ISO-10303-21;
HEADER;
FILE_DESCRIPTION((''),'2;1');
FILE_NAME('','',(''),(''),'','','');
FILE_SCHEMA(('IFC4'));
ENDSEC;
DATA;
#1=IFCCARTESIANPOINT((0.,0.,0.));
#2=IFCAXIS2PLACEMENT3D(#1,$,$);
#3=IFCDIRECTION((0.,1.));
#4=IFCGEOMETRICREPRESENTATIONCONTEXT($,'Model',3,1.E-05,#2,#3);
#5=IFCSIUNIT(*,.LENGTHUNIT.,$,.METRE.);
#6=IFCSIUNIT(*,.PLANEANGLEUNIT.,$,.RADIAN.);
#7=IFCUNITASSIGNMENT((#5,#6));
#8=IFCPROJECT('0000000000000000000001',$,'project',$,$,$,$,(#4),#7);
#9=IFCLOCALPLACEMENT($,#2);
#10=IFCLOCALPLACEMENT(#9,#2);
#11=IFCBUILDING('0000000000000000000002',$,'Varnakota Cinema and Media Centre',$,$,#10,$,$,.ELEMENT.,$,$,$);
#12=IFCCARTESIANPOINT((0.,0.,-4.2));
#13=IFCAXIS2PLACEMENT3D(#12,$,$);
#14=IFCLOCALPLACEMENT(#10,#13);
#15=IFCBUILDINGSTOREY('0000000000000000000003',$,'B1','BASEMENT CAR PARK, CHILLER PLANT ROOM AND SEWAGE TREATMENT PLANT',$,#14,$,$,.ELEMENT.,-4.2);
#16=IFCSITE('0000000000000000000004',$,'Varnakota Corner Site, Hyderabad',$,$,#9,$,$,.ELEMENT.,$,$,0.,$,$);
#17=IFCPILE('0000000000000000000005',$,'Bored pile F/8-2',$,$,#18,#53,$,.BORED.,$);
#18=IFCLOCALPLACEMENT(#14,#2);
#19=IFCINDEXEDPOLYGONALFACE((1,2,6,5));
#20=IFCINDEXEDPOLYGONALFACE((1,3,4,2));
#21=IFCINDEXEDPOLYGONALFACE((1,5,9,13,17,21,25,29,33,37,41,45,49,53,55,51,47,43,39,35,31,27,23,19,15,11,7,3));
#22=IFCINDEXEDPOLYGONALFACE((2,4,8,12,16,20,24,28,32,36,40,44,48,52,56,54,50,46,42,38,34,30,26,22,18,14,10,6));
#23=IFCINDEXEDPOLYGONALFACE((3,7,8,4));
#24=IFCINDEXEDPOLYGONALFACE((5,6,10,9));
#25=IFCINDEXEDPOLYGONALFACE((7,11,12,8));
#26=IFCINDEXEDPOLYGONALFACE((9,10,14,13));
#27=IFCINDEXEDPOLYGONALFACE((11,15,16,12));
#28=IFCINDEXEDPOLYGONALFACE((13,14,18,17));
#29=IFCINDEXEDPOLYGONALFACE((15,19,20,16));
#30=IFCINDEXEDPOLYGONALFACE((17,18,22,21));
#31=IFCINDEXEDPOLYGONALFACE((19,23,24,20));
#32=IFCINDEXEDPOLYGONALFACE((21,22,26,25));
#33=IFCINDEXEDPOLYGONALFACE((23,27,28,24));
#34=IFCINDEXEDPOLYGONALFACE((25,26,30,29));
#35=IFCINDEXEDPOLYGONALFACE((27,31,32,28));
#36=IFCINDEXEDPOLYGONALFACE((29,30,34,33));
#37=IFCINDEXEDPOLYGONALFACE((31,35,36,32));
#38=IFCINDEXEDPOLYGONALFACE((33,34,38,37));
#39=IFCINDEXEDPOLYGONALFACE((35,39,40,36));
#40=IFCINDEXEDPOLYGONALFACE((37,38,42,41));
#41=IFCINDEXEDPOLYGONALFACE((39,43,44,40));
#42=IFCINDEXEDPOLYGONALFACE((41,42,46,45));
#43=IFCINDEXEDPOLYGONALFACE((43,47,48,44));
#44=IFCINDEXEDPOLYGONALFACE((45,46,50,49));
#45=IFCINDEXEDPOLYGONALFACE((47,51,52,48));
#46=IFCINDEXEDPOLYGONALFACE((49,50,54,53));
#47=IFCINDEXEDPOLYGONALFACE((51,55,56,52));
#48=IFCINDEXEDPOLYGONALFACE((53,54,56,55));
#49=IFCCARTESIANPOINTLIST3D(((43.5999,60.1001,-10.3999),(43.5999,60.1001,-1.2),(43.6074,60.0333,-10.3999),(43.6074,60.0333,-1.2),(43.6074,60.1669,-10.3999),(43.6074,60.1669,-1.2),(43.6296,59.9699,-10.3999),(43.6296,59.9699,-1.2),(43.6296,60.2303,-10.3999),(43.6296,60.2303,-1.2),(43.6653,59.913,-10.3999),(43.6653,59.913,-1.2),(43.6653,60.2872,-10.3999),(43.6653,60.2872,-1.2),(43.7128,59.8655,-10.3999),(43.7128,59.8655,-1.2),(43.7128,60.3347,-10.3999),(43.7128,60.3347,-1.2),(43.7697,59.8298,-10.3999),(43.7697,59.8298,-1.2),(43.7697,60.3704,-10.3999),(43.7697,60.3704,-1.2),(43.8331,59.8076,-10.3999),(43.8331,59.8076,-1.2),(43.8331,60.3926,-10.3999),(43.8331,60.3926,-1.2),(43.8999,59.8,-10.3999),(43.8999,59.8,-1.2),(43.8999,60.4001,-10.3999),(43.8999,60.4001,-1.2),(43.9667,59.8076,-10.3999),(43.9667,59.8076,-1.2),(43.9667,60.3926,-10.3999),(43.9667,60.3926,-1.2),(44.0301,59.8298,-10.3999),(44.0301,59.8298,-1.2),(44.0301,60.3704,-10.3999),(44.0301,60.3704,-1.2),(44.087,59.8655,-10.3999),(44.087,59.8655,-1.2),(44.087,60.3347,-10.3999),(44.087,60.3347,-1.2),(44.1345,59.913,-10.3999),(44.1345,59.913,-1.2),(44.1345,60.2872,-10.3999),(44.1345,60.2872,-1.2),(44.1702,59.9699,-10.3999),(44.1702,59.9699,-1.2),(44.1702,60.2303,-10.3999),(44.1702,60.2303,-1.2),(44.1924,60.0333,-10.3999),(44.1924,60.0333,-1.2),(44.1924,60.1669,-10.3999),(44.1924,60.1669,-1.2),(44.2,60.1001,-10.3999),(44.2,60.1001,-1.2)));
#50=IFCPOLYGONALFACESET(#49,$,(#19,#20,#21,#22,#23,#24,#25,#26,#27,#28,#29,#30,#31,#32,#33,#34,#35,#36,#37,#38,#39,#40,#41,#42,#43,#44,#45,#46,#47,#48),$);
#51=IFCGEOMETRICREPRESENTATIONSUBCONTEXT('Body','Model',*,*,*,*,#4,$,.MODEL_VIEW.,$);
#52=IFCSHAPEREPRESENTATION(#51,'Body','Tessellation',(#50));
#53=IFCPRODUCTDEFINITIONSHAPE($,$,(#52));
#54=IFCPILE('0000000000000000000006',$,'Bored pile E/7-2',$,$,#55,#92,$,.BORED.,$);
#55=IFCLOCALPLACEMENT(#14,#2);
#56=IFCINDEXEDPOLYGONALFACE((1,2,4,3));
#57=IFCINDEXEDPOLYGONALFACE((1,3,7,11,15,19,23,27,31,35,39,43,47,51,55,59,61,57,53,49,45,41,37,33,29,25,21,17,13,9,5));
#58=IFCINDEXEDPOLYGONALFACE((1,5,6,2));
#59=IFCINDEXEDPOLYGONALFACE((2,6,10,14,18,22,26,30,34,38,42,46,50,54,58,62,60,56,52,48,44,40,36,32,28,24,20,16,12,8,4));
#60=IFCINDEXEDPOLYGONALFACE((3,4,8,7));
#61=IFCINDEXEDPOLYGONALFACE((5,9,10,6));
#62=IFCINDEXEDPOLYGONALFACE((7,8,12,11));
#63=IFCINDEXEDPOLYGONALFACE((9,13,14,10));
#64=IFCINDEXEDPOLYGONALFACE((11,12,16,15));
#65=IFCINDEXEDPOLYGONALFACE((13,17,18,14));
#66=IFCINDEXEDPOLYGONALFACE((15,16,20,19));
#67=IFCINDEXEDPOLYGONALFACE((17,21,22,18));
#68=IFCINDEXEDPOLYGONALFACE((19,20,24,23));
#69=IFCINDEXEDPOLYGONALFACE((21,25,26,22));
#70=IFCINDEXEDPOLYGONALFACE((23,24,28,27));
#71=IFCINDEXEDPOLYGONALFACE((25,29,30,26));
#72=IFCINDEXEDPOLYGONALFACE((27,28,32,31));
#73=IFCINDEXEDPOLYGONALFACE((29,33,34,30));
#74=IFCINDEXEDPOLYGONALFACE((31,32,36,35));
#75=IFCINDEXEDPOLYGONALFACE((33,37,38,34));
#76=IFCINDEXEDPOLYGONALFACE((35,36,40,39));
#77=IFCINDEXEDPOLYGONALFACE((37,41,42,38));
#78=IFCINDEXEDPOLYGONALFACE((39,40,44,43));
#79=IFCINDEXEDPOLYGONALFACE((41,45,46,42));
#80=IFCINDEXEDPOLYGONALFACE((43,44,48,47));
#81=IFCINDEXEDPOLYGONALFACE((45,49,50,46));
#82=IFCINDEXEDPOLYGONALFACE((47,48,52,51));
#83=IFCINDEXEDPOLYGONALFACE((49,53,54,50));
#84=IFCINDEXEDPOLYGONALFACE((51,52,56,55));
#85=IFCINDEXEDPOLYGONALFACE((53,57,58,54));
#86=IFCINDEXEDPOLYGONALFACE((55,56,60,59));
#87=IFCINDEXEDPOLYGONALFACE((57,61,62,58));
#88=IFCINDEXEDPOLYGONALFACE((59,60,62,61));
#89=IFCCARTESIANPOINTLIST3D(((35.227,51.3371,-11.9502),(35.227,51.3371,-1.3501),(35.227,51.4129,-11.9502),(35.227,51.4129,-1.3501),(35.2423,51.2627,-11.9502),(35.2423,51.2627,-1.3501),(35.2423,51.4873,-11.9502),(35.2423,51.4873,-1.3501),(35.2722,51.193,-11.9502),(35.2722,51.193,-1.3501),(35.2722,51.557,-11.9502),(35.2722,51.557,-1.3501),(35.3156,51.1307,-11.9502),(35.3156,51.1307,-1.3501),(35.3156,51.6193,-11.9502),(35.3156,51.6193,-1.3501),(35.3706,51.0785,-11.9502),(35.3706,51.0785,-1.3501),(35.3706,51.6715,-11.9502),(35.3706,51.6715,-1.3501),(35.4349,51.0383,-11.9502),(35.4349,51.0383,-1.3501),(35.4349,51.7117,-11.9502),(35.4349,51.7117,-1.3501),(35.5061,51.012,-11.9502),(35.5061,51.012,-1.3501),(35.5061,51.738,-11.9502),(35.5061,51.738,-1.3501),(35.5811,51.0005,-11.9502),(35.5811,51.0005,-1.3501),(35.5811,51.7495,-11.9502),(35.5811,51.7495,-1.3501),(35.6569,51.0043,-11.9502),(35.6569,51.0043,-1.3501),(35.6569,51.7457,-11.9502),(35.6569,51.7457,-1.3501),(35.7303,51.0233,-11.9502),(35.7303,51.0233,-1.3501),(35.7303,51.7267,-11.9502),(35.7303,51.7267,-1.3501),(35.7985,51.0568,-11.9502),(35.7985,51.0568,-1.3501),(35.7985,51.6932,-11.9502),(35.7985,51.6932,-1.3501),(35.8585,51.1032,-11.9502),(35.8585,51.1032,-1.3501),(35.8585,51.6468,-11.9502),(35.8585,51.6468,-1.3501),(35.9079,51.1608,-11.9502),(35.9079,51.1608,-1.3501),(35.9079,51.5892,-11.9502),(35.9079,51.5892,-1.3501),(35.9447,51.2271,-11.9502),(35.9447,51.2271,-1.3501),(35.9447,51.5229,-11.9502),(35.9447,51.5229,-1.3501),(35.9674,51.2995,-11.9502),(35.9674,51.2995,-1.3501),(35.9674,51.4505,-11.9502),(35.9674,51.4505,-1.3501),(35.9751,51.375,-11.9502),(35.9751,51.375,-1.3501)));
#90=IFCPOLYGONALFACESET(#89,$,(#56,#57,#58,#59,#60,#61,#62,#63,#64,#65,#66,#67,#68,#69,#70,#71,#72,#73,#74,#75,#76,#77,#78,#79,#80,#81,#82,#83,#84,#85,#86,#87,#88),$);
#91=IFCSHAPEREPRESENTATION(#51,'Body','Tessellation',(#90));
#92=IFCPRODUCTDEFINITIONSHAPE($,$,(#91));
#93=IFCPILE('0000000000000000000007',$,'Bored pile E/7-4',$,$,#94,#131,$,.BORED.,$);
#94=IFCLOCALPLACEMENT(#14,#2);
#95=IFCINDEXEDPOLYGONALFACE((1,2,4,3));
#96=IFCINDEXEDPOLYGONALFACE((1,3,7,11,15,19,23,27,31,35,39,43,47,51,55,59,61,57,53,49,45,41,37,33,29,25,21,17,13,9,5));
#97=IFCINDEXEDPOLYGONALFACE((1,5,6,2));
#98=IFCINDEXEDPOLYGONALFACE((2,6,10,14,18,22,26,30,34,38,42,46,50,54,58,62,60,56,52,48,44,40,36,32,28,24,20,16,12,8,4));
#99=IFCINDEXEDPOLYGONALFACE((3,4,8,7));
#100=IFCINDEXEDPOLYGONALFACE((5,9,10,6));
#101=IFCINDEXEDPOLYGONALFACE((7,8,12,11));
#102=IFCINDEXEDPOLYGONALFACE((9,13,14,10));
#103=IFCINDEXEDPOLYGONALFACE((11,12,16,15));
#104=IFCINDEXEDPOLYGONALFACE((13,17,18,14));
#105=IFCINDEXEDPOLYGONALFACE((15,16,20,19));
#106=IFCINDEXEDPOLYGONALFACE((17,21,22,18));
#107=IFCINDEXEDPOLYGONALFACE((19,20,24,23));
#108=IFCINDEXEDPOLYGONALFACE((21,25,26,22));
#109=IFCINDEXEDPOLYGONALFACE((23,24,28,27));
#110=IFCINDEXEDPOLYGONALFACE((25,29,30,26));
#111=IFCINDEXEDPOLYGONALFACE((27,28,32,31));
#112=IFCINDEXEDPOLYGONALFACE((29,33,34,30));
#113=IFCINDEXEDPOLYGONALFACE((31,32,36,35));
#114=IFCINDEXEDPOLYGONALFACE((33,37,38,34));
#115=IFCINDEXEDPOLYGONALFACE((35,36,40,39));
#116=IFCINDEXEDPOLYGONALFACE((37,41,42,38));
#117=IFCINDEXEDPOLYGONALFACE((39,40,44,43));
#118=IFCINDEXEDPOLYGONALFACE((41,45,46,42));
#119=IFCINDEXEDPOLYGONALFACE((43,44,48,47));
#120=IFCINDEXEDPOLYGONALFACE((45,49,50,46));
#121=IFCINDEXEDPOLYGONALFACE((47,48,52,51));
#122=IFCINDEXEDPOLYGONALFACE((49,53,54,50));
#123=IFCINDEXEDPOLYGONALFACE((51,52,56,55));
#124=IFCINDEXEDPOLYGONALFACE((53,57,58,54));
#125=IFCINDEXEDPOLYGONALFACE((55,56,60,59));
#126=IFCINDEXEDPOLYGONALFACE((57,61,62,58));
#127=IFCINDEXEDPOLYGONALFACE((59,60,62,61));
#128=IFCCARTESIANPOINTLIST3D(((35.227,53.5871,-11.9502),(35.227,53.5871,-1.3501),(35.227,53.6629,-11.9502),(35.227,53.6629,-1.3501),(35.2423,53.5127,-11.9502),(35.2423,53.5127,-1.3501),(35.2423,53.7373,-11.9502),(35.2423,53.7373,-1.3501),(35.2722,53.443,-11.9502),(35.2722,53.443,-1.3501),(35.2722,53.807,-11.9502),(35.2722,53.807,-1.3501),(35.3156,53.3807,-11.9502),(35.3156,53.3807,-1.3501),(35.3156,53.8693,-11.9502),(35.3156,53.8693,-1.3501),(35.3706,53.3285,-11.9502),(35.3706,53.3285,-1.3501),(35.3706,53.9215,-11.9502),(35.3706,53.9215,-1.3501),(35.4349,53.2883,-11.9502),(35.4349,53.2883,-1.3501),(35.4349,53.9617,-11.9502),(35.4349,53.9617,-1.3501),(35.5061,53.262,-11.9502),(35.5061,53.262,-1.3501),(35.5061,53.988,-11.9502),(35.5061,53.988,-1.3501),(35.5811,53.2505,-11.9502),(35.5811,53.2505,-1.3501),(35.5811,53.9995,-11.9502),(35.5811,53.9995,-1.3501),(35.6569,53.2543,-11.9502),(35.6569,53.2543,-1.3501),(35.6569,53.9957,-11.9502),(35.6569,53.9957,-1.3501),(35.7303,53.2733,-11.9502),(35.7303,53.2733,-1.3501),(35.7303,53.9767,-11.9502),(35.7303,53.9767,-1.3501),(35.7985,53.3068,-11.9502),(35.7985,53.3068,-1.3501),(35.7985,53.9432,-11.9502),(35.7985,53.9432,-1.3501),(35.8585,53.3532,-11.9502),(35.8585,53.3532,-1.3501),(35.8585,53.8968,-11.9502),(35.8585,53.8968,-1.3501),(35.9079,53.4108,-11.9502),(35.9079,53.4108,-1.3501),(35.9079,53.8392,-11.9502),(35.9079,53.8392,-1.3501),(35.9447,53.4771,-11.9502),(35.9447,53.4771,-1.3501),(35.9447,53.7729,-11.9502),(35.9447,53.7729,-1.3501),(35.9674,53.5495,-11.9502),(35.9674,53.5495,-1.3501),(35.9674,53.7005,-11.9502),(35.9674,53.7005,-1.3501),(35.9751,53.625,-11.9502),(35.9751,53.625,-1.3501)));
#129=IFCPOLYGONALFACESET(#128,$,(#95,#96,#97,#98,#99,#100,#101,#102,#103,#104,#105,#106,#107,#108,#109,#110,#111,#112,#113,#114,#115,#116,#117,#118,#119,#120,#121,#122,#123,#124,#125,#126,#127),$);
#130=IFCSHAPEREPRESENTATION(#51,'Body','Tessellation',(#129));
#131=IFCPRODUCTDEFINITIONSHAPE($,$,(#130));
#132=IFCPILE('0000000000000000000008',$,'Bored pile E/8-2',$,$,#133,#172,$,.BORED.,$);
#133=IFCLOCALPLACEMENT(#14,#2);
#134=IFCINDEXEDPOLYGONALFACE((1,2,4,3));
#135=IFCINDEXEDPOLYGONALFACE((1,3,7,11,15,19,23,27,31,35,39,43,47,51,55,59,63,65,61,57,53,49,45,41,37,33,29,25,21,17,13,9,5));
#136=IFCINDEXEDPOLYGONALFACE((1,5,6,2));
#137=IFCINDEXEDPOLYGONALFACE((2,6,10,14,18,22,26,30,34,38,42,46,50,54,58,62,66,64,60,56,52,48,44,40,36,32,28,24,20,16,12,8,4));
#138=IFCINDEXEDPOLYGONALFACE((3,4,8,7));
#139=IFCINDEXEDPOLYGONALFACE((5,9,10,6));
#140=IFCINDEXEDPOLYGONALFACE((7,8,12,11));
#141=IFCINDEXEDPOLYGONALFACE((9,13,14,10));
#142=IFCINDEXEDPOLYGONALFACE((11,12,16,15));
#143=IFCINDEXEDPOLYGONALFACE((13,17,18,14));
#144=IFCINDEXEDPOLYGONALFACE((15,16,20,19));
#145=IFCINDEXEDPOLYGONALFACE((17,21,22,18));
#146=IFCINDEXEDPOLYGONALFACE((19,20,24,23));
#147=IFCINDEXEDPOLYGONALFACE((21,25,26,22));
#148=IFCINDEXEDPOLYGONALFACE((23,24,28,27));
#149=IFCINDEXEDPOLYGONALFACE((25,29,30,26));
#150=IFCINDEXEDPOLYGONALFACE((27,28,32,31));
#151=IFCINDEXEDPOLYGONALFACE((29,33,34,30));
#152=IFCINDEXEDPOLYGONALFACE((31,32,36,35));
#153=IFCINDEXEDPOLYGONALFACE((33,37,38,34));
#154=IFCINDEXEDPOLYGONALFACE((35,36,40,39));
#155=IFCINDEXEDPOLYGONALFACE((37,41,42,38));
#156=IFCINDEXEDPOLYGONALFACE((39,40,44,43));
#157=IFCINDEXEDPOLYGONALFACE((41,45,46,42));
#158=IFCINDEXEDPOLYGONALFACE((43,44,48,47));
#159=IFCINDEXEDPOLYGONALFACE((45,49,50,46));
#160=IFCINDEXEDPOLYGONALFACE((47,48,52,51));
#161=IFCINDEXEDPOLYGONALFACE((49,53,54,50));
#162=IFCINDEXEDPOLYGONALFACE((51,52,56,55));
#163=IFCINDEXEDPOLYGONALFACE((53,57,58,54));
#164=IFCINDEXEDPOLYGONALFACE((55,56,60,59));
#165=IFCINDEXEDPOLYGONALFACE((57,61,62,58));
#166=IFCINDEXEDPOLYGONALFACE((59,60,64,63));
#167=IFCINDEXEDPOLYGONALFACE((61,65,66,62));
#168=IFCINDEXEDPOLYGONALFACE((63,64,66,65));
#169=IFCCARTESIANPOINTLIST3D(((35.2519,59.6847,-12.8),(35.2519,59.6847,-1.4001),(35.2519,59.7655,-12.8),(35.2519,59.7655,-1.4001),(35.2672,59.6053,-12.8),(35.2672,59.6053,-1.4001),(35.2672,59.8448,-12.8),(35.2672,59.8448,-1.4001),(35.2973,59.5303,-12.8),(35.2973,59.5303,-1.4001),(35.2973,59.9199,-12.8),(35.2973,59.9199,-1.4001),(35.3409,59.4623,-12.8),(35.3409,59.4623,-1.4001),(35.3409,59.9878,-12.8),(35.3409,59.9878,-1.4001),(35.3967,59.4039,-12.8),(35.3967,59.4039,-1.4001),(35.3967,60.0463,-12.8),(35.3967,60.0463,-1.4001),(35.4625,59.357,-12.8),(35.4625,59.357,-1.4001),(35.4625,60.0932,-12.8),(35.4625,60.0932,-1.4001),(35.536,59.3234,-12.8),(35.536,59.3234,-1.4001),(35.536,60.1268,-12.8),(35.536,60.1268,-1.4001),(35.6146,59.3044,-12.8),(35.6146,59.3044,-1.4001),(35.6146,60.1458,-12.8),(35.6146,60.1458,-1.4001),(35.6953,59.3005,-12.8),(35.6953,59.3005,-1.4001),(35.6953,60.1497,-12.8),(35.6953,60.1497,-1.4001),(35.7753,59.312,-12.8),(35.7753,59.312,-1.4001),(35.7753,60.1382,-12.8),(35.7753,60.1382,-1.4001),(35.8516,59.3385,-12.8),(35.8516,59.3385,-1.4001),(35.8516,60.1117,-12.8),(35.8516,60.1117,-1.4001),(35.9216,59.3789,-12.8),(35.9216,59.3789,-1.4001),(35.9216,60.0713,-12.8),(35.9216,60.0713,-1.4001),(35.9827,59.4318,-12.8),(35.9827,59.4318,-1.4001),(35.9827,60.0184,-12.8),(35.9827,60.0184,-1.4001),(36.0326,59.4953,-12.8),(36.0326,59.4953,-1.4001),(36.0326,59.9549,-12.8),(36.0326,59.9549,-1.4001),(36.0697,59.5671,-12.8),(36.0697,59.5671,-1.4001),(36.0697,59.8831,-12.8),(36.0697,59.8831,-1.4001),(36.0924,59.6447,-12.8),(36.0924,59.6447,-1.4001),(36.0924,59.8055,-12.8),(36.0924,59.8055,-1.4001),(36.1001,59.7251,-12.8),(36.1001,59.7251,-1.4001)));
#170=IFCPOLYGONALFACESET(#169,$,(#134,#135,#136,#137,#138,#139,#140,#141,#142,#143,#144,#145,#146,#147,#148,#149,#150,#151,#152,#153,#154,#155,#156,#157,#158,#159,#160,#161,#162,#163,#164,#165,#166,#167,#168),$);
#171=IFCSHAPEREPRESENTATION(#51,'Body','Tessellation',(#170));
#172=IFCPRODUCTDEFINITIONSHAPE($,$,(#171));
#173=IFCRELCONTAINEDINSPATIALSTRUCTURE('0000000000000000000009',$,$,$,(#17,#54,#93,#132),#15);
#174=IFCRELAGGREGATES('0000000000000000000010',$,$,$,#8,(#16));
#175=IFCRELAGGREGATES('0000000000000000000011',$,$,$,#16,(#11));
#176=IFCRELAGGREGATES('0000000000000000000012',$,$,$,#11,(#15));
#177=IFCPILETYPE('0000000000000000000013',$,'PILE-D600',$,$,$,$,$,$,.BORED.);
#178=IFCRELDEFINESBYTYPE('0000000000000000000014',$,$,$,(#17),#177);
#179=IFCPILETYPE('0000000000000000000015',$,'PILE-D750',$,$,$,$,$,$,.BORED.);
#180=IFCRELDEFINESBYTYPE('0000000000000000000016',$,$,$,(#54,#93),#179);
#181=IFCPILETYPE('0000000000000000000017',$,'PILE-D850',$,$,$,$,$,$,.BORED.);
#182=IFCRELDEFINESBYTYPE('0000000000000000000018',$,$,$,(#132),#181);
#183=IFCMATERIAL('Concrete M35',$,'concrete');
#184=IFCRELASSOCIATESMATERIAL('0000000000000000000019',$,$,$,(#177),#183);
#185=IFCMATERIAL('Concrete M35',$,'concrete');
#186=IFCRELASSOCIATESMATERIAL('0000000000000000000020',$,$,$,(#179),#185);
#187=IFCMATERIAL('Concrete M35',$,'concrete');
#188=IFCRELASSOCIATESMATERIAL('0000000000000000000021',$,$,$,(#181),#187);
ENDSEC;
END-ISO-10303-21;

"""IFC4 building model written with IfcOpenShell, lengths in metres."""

from ifc_helpers import new_model, si_unit, direction, frame, origin, origin_2d, place, context, subcontext, project, spatial, circle, extrude, material, material_profile, profile_set, type_object, element, save


model = new_model("IFC4")

# Units and contexts
model_context = context("Model", 3, precision=1e-05, world=origin(), true_north=direction((0.0, 1.0)))
body_context = subcontext(model_context, "Body", "Model", "MODEL_VIEW")
ifc_project = project(units=[si_unit("LENGTHUNIT", "METRE"), si_unit("PLANEANGLEUNIT", "RADIAN")], contexts=[model_context])

# Site, building, storey
site_placement = place(None, origin())
site = spatial("IfcSite", under=ifc_project, at=site_placement, Name="Varnakota Corner Site, Hyderabad", CompositionType="ELEMENT", RefElevation=0.0)
building_placement = place(site_placement, origin())
building = spatial("IfcBuilding", under=site, at=building_placement, Name="Varnakota Cinema and Media Centre", CompositionType="ELEMENT")
storey_placement = place(building_placement, frame((0.0, 0.0, -4.2)))
storey = spatial("IfcBuildingStorey", under=building, at=storey_placement, Name="B1", Description="BASEMENT CAR PARK, CHILLER PLANT ROOM AND SEWAGE TREATMENT PLANT", CompositionType="ELEMENT", Elevation=-4.2)

# Piles
ifc_material_1 = material(Name="Concrete M35", Category="concrete")
ifc_material_profile_1 = material_profile(ifc_material_1, circle(Radius=0.3, at=origin_2d()), Name="PILE D600")
ifc_profile_set_1 = profile_set([ifc_material_profile_1], Name="Concrete M35")
pile_type_1 = type_object("IfcPileType", Name="PILE-D600", PredefinedType="BORED", material=ifc_profile_set_1)
for number, where, z_axis, x_axis, name in (
    (1, (43.8999, 60.1001, -1.2), (0.0, 0.0, -1.0), (1.0, 0.0, 0.0), "Bored pile F/8-2"),
):
    element("IfcPile", number, at=place(storey_placement, frame(where, z_axis=z_axis, x_axis=x_axis)), inside=storey, type_object=pile_type_1, Name=name, PredefinedType="BORED", context=body_context, shape_type="SweptSolid", body=[
        extrude(circle(Radius=0.3, at=origin_2d()), origin(), (0.0, 0.0, 1.0), 9.2),
    ])
ifc_material_2 = material(Name="Concrete M35", Category="concrete")
ifc_material_profile_2 = material_profile(ifc_material_2, circle(Radius=0.375, at=origin_2d()), Name="PILE D750")
ifc_profile_set_2 = profile_set([ifc_material_profile_2], Name="Concrete M35")
pile_type_2 = type_object("IfcPileType", Name="PILE-D750", PredefinedType="BORED", material=ifc_profile_set_2)
for number, where, z_axis, x_axis, name in (
    (2, (35.6001, 51.375, -1.3501), (0.0, 0.0, -1.0), (1.0, 0.0, 0.0), "Bored pile E/7-2"),
    (3, (35.6001, 53.625, -1.3501), (0.0, 0.0, -1.0), (1.0, 0.0, 0.0), "Bored pile E/7-4"),
):
    element("IfcPile", number, at=place(storey_placement, frame(where, z_axis=z_axis, x_axis=x_axis)), inside=storey, type_object=pile_type_2, Name=name, PredefinedType="BORED", context=body_context, shape_type="SweptSolid", body=[
        extrude(circle(Radius=0.375, at=origin_2d()), origin(), (0.0, 0.0, 1.0), 10.6001),
    ])
ifc_material_3 = material(Name="Concrete M35", Category="concrete")
ifc_material_profile_3 = material_profile(ifc_material_3, circle(Radius=0.425, at=origin_2d()), Name="PILE D850")
ifc_profile_set_3 = profile_set([ifc_material_profile_3], Name="Concrete M35")
pile_type_3 = type_object("IfcPileType", Name="PILE-D850", PredefinedType="BORED", material=ifc_profile_set_3)
for number, where, z_axis, x_axis, name in (
    (4, (35.675, 59.7251, -1.4001), (0.0, 0.0, -1.0), (1.0, 0.0, 0.0), "Bored pile E/8-2"),
):
    element("IfcPile", number, at=place(storey_placement, frame(where, z_axis=z_axis, x_axis=x_axis)), inside=storey, type_object=pile_type_3, Name=name, PredefinedType="BORED", context=body_context, shape_type="SweptSolid", body=[
        extrude(circle(Radius=0.425, at=origin_2d()), origin(), (0.0, 0.0, 1.0), 11.3999),
    ])

save(model, "model.ifc")
